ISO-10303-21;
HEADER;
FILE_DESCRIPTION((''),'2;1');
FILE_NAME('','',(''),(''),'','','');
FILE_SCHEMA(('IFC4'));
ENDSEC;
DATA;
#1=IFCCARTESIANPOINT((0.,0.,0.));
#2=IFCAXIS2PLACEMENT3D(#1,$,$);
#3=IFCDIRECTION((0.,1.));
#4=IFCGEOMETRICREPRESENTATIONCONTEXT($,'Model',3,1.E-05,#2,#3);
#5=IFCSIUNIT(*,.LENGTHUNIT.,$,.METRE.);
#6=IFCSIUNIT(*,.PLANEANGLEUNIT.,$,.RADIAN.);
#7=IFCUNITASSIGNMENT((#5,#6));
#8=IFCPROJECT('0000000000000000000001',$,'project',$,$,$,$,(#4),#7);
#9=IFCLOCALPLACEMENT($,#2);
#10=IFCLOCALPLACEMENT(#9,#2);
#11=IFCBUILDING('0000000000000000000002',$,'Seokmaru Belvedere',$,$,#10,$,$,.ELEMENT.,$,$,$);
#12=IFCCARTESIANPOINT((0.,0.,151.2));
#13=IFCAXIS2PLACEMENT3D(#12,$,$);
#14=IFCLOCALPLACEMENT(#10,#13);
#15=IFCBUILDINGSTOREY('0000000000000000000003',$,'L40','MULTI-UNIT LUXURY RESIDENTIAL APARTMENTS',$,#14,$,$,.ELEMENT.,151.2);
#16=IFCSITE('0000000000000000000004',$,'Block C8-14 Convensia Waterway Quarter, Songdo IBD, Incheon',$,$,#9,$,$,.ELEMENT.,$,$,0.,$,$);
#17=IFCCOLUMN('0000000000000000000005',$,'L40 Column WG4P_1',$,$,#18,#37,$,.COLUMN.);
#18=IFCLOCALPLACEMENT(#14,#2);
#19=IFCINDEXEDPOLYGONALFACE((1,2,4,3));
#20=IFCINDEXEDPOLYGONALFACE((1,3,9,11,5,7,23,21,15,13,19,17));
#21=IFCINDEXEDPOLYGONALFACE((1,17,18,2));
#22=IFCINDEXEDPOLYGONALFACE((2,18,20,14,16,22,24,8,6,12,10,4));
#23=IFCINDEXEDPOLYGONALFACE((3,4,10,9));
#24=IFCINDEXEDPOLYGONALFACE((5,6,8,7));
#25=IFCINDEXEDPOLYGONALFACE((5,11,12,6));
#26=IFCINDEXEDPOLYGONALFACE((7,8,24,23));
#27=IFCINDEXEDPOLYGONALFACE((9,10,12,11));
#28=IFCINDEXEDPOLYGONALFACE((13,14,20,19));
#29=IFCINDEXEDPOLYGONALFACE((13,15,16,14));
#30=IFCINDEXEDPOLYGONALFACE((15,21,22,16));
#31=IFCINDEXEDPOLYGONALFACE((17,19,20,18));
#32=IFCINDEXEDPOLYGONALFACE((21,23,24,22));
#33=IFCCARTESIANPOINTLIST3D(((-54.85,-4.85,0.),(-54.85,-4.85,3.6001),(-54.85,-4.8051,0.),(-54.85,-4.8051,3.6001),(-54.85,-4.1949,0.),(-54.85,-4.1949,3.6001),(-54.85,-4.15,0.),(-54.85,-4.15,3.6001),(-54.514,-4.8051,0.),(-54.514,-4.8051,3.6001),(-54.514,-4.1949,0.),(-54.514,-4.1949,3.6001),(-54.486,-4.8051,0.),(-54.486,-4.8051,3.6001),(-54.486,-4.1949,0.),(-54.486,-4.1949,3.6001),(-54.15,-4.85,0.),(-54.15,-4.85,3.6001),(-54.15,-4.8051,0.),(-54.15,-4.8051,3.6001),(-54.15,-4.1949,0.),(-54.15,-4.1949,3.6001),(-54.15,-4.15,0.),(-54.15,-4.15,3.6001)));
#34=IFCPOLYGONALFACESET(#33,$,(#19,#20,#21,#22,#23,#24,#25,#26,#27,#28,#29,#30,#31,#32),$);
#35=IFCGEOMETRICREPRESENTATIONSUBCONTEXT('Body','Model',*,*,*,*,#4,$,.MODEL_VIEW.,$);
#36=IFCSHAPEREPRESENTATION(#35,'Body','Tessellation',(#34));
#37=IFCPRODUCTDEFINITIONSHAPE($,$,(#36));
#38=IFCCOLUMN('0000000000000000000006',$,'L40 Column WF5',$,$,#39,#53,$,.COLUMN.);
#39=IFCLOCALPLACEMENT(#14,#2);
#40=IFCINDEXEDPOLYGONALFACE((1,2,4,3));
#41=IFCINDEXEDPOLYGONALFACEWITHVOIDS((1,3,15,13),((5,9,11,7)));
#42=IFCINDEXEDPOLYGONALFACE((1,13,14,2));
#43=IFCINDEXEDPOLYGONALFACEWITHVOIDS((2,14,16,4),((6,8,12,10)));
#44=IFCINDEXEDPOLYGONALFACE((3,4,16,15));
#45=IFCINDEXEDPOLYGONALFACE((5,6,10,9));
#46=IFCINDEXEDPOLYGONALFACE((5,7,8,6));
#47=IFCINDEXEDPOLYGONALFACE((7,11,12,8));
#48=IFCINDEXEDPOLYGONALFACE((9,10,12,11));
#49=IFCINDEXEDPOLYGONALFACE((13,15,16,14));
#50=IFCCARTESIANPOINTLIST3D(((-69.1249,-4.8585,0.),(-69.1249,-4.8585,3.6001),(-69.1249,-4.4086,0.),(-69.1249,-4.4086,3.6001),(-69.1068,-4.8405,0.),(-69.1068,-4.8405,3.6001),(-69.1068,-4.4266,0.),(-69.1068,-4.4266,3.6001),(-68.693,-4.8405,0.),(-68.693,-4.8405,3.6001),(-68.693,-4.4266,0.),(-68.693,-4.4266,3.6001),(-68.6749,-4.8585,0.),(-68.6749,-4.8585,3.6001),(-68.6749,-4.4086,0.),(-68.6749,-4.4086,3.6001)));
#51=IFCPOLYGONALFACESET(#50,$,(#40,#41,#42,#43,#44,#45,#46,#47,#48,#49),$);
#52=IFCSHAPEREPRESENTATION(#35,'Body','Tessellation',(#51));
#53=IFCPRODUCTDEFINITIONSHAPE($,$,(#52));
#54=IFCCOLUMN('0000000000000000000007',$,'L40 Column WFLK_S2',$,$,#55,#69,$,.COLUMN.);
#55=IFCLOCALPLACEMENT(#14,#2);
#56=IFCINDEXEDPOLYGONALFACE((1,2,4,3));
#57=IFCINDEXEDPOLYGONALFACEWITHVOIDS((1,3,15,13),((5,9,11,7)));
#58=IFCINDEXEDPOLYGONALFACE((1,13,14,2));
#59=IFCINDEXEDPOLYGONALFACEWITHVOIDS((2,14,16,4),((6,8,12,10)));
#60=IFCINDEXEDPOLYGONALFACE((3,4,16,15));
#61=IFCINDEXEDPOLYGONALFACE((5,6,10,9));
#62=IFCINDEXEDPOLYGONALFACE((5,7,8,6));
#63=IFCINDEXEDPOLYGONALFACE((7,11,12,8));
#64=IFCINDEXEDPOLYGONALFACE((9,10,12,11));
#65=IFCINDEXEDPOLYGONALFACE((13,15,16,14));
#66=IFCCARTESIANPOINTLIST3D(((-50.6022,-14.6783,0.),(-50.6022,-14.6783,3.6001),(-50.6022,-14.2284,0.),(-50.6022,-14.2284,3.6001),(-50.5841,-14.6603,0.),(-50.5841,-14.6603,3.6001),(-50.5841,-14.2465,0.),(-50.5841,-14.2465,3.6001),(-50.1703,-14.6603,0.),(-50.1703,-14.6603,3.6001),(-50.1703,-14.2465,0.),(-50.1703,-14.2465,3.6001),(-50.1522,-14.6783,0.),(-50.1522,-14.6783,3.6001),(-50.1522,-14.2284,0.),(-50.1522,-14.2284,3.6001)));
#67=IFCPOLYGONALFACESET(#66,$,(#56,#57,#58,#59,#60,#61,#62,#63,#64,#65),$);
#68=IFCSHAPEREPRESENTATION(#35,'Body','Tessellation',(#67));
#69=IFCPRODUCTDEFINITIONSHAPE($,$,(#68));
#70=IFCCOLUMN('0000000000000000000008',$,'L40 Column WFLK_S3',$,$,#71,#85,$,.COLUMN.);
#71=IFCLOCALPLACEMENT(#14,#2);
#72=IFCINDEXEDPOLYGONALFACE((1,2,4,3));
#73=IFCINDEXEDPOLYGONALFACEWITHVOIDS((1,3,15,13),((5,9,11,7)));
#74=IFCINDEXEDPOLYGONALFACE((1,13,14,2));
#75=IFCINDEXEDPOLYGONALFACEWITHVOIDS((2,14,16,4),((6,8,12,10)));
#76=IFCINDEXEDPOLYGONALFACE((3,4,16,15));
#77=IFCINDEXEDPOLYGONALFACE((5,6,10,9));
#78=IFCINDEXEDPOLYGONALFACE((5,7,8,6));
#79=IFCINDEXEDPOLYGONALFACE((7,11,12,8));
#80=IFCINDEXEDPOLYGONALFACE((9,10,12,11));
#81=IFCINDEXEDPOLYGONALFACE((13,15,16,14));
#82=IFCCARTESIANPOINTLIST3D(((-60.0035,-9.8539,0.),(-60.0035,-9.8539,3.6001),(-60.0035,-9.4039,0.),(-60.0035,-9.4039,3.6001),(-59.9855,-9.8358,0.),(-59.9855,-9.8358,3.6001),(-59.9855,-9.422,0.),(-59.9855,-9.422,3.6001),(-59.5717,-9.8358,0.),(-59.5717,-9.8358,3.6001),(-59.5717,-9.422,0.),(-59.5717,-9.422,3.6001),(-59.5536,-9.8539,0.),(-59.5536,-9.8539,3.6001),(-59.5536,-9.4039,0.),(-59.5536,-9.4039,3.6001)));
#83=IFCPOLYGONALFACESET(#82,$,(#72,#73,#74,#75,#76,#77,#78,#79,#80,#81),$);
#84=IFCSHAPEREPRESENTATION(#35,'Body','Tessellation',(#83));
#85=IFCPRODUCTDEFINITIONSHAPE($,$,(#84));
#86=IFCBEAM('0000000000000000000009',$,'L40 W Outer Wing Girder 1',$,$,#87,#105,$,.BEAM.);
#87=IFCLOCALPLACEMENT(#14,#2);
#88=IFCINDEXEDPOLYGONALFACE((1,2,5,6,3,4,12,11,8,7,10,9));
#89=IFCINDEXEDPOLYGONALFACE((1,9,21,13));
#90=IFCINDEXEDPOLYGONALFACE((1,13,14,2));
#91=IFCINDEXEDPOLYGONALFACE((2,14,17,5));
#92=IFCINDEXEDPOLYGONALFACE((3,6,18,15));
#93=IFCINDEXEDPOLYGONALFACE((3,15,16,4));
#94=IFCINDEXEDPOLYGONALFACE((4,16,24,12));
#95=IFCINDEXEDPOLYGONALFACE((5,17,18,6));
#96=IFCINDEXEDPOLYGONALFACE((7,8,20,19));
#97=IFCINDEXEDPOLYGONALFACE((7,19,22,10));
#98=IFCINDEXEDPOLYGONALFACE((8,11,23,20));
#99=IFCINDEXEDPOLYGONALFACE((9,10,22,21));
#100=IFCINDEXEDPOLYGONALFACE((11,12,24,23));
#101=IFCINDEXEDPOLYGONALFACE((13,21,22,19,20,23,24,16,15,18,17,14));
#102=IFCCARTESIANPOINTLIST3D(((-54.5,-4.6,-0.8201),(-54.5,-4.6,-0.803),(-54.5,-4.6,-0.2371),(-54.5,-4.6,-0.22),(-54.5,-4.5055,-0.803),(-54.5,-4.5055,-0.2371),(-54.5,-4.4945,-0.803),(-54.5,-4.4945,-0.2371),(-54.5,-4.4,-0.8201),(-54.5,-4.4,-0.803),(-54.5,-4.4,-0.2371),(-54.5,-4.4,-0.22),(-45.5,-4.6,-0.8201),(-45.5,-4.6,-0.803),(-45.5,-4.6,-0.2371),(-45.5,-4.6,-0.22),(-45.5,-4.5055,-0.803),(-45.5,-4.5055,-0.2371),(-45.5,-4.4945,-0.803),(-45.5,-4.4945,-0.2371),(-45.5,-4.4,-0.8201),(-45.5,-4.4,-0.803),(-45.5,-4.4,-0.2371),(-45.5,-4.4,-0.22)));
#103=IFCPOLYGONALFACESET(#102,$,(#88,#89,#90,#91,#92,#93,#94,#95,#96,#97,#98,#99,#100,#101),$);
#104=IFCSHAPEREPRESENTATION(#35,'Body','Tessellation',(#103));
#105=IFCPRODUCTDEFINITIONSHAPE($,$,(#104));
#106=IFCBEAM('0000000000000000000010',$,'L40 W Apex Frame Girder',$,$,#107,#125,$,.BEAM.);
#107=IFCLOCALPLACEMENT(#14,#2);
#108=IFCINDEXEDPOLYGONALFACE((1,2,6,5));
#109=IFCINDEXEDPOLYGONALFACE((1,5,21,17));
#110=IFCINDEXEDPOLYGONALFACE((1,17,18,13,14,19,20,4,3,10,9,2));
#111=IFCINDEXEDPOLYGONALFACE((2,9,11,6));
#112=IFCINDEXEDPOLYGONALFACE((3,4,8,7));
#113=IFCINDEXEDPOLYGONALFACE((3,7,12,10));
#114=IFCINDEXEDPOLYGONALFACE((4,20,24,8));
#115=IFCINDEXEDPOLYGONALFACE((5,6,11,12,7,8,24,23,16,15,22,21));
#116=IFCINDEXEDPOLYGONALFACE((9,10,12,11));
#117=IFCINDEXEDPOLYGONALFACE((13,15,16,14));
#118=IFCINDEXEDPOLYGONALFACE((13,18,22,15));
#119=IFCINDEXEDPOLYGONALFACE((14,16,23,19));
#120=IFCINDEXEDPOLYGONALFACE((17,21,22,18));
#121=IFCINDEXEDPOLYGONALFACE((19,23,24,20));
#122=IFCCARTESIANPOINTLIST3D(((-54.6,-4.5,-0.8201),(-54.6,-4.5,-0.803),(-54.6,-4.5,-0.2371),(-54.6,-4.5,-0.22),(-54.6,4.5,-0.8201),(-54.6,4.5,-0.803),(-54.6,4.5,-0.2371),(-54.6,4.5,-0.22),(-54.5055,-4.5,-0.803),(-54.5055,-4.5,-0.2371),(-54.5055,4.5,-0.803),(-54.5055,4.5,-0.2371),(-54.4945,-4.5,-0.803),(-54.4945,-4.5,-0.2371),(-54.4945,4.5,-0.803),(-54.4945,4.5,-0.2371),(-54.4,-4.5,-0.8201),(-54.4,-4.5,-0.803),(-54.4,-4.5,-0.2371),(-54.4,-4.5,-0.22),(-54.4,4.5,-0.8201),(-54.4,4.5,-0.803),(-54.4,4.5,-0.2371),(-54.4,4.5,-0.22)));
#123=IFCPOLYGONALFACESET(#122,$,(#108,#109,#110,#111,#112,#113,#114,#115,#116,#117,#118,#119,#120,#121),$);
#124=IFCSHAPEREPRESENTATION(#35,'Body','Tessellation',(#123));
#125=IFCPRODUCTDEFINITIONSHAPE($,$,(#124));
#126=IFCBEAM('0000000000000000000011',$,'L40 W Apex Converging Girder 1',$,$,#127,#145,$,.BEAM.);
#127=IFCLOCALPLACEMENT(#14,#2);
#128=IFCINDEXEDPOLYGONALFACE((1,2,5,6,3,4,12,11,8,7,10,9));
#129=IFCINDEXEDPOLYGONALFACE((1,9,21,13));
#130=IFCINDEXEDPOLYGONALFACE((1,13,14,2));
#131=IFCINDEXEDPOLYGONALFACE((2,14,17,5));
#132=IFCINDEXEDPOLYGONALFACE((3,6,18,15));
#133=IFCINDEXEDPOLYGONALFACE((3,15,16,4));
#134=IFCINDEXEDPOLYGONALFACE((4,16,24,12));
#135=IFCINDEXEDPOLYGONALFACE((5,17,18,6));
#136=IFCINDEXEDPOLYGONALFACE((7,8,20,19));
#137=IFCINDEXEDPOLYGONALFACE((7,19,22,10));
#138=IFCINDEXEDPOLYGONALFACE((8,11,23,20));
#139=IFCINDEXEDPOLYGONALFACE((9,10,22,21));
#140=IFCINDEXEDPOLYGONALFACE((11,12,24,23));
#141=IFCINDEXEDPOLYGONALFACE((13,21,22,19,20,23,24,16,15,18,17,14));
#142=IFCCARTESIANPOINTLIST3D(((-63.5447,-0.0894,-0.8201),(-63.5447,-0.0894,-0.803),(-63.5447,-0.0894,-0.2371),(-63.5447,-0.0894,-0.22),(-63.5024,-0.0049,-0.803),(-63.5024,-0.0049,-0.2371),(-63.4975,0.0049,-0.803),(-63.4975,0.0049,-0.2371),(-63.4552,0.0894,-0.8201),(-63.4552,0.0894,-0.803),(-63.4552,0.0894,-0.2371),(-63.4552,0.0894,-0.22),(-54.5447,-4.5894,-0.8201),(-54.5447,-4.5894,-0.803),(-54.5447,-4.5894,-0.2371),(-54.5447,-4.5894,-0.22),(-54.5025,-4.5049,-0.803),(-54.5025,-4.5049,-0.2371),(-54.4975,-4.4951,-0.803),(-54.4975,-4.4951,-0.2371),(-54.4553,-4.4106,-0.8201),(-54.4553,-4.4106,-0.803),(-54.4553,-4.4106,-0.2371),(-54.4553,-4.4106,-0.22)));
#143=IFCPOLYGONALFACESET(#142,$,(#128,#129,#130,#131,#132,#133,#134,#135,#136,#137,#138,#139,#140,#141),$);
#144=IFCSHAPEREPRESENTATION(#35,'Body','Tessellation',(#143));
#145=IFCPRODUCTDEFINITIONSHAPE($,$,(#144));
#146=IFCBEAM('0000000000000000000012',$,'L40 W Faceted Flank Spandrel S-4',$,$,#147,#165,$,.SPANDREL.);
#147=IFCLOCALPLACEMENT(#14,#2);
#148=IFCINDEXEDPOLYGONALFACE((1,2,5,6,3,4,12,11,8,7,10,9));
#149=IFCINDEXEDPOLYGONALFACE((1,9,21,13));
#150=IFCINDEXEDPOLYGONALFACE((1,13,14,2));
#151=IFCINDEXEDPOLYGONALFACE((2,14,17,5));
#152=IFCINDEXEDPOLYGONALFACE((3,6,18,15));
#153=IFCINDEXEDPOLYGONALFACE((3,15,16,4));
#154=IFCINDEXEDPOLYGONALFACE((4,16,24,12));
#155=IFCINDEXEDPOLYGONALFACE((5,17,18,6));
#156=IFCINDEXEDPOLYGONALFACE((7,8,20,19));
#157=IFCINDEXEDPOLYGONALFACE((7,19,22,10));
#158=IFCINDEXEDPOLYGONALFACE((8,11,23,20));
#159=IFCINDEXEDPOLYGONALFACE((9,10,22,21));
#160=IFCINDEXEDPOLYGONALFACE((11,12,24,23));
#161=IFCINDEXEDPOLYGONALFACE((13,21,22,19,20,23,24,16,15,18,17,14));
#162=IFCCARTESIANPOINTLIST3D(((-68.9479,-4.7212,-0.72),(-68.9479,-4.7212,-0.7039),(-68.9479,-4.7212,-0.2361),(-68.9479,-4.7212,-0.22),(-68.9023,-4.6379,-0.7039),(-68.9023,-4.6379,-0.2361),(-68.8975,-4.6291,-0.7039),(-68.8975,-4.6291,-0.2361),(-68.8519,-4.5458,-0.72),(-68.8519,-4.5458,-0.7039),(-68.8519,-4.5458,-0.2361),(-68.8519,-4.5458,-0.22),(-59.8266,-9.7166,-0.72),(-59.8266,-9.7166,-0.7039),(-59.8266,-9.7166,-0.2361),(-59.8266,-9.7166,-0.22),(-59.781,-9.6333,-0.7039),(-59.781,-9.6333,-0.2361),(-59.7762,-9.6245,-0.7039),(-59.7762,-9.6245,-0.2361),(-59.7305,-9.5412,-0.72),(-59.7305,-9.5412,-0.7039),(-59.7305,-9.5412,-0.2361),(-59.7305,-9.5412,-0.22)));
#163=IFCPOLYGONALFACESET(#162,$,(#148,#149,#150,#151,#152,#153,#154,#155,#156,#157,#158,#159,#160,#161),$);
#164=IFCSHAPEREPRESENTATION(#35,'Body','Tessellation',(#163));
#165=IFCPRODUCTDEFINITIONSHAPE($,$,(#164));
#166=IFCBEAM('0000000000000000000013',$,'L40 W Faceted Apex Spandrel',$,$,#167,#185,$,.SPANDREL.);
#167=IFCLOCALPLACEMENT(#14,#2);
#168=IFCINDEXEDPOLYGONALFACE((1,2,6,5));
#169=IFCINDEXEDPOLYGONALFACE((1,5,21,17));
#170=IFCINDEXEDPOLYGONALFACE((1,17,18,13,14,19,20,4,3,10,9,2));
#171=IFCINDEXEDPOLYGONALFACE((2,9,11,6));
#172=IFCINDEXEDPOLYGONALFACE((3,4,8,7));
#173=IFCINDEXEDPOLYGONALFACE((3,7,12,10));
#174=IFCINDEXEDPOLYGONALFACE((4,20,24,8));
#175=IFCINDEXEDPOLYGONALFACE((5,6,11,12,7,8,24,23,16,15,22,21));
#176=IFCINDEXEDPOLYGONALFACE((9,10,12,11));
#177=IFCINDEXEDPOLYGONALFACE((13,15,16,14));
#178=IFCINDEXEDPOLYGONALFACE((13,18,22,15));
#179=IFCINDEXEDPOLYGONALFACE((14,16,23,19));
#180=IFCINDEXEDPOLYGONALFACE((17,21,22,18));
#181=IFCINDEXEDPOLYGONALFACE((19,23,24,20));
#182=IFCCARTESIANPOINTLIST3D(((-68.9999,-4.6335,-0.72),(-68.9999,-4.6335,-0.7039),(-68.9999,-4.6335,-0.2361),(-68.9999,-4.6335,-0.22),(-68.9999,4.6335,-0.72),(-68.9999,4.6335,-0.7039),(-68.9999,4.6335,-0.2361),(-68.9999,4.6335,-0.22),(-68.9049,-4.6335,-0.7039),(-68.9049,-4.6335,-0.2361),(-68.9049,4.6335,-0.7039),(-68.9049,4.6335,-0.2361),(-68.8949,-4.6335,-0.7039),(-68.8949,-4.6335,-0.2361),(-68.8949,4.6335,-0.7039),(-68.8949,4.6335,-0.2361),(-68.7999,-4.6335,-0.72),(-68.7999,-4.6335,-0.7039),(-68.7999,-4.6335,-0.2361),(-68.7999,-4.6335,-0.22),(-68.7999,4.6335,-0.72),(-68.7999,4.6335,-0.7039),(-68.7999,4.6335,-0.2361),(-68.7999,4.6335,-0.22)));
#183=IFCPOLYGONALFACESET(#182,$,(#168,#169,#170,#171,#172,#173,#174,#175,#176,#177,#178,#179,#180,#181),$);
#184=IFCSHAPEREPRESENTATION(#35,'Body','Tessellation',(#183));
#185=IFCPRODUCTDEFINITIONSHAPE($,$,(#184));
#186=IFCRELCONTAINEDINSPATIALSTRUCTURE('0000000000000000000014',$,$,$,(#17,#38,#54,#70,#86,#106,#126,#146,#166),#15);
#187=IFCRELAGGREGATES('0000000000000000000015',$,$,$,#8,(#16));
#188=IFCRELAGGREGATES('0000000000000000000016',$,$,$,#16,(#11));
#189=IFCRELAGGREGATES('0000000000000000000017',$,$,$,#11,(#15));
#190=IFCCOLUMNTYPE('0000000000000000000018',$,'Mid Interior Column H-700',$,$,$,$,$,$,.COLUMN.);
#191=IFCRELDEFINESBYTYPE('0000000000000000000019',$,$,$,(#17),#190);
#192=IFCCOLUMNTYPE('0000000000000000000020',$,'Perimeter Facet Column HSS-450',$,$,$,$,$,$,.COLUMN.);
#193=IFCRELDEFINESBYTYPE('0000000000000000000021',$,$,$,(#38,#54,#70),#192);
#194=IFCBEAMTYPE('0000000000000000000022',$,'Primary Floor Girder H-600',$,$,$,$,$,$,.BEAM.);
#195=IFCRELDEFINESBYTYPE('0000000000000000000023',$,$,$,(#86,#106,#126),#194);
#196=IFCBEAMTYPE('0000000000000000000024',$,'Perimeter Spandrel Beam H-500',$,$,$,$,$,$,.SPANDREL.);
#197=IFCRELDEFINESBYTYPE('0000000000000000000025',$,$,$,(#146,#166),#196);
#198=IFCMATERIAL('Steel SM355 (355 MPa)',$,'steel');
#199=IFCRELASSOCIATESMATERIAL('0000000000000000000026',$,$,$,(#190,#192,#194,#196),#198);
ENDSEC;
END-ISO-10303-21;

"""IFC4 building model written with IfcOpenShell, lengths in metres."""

from ifc_helpers import new_model, si_unit, direction, frame, origin, origin_2d, place, context, subcontext, project, spatial, hollow_rectangle, i_section, extrude, source, transform, mapped, material, material_profile, profile_set, type_object, type_shapes, element, save


model = new_model("IFC4")

# Units and contexts
model_context = context("Model", 3, precision=1e-05, world=origin(), true_north=direction((0.0, 1.0)))
body_context = subcontext(model_context, "Body", "Model", "MODEL_VIEW")
ifc_project = project(units=[si_unit("LENGTHUNIT", "METRE"), si_unit("PLANEANGLEUNIT", "RADIAN")], contexts=[model_context])

# Site, building, storey
site_placement = place(None, origin())
site = spatial("IfcSite", under=ifc_project, at=site_placement, Name="Block C8-14 Convensia Waterway Quarter, Songdo IBD, Incheon", CompositionType="ELEMENT", RefElevation=0.0)
building_placement = place(site_placement, origin())
building = spatial("IfcBuilding", under=site, at=building_placement, Name="Seokmaru Belvedere", CompositionType="ELEMENT")
storey_placement = place(building_placement, frame((0.0, 0.0, 151.2)))
storey = spatial("IfcBuildingStorey", under=building, at=storey_placement, Name="L40", Description="MULTI-UNIT LUXURY RESIDENTIAL APARTMENTS", CompositionType="ELEMENT", Elevation=151.2)

# Columns
ifc_material_1 = material(Name="Steel SM355 (355 MPa)", Category="steel")
ifc_material_profile_1 = material_profile(ifc_material_1, i_section(OverallWidth=0.7, OverallDepth=0.7, WebThickness=0.0281, FlangeThickness=0.0449, at=origin_2d()), Name="H-700x700x28x45")
ifc_profile_set_1 = profile_set([ifc_material_profile_1], Name="Steel SM355 (355 MPa)")
column_type_1 = type_object("IfcColumnType", Name="Mid Interior Column H-700", PredefinedType="COLUMN", material=ifc_profile_set_1)
shared_shape_1 = source(origin(), body_context, "Body", "SweptSolid", [
    extrude(i_section(OverallWidth=0.7, OverallDepth=0.7, WebThickness=0.0281, FlangeThickness=0.0449, at=origin_2d()), origin(), (0.0, 0.0, 1.0), 3.6001),
])
type_shapes(column_type_1, [shared_shape_1])
column_placement = place(storey_placement, frame((-54.5, -4.5, 0.0), z_axis=(0.0, 0.0, 1.0), x_axis=(1.0, 0.0, 0.0)))
element("IfcColumn", 1, at=column_placement, inside=storey, type_object=column_type_1, Name="L40 Column WG4P_1", PredefinedType="COLUMN", context=body_context, shape_type="MappedRepresentation", body=[
    mapped(shared_shape_1, transform((0.0, 0.0, 0.0), scale=1.0)),
])
ifc_material_profile_2 = material_profile(ifc_material_1, hollow_rectangle(XDim=0.45, YDim=0.45, WallThickness=0.0181, at=origin_2d()), Name="HSS-450x450x18")
ifc_profile_set_2 = profile_set([ifc_material_profile_2], Name="Steel SM355 (355 MPa)")
column_type_2 = type_object("IfcColumnType", Name="Perimeter Facet Column HSS-450", PredefinedType="COLUMN", material=ifc_profile_set_2)
shared_shape_2 = source(origin(), body_context, "Body", "SweptSolid", [
    extrude(hollow_rectangle(XDim=0.45, YDim=0.45, WallThickness=0.0181, at=origin_2d()), origin(), (0.0, 0.0, 1.0), 3.6001),
])
type_shapes(column_type_2, [shared_shape_2])
for number, where, z_axis, x_axis, name in (
    (2, (-68.8999, -4.6335, 0.0), (0.0, 0.0, 1.0), (1.0, 0.0, 0.0), "L40 Column WF5"),
    (3, (-50.3772, -14.4534, 0.0), (0.0, 0.0, 1.0), (1.0, 0.0, 0.0), "L40 Column WFLK_S2"),
    (4, (-59.7786, -9.6289, 0.0), (0.0, 0.0, 1.0), (1.0, 0.0, 0.0), "L40 Column WFLK_S3"),
):
    element("IfcColumn", number, at=place(storey_placement, frame(where, z_axis=z_axis, x_axis=x_axis)), inside=storey, type_object=column_type_2, Name=name, PredefinedType="COLUMN", context=body_context, shape_type="MappedRepresentation", body=[
        mapped(shared_shape_2, transform((0.0, 0.0, 0.0), scale=1.0)),
    ])

# Beams
ifc_material_profile_3 = material_profile(ifc_material_1, i_section(OverallWidth=0.2, OverallDepth=0.6001, WebThickness=0.011, FlangeThickness=0.0171, at=origin_2d()), Name="H-600x200x11x17")
ifc_profile_set_3 = profile_set([ifc_material_profile_3], Name="Steel SM355 (355 MPa)")
beam_type_1 = type_object("IfcBeamType", Name="Primary Floor Girder H-600", PredefinedType="BEAM", material=ifc_profile_set_3)
shared_shape_3 = source(origin(), body_context, "Body", "SweptSolid", [
    extrude(i_section(OverallWidth=0.2, OverallDepth=0.6001, WebThickness=0.011, FlangeThickness=0.0171, at=origin_2d()), origin(), (0.0, 0.0, 1.0), 9.0),
])
for number, where, z_axis, x_axis, name in (
    (5, (-54.5, -4.5, -0.52), (1.0, 0.0, 0.0), (0.0, 1.0, 0.0), "L40 W Outer Wing Girder 1"),
    (6, (-54.5, -4.5, -0.52), (0.0, 1.0, 0.0), (-1.0, 0.0, 0.0), "L40 W Apex Frame Girder"),
):
    element("IfcBeam", number, at=place(storey_placement, frame(where, z_axis=z_axis, x_axis=x_axis)), inside=storey, type_object=beam_type_1, Name=name, PredefinedType="BEAM", context=body_context, shape_type="MappedRepresentation", body=[
        mapped(shared_shape_3, transform((0.0, 0.0, 0.0), scale=1.0)),
    ])
shared_shape_4 = source(origin(), body_context, "Body", "SweptSolid", [
    extrude(i_section(OverallWidth=0.2, OverallDepth=0.6001, WebThickness=0.011, FlangeThickness=0.0171, at=origin_2d()), origin(), (0.0, 0.0, 1.0), 10.0623),
])
beam_1_placement = place(storey_placement, frame((-54.5, -4.5, -0.52), z_axis=(-0.894427, 0.447214, 0.0), x_axis=(-0.447214, -0.894427, 0.0)))
element("IfcBeam", 7, at=beam_1_placement, inside=storey, type_object=beam_type_1, Name="L40 W Apex Converging Girder 1", PredefinedType="BEAM", context=body_context, shape_type="MappedRepresentation", body=[
    mapped(shared_shape_4, transform((0.0, 0.0, 0.0), scale=1.0)),
])
ifc_material_profile_4 = material_profile(ifc_material_1, i_section(OverallWidth=0.2, OverallDepth=0.5, WebThickness=0.01, FlangeThickness=0.0161, at=origin_2d()), Name="H-500x200x10x16")
ifc_profile_set_4 = profile_set([ifc_material_profile_4], Name="Steel SM355 (355 MPa)")
beam_type_2 = type_object("IfcBeamType", Name="Perimeter Spandrel Beam H-500", PredefinedType="SPANDREL", material=ifc_profile_set_4)
shared_shape_5 = source(origin(), body_context, "Body", "SweptSolid", [
    extrude(i_section(OverallWidth=0.2, OverallDepth=0.5, WebThickness=0.01, FlangeThickness=0.0161, at=origin_2d()), origin(), (0.0, 0.0, 1.0), 10.3997),
])
beam_2_placement = place(storey_placement, frame((-59.7786, -9.6289, -0.47), z_axis=(-0.877082, 0.48034, 0.0), x_axis=(-0.48034, -0.877082, 0.0)))
element("IfcBeam", 8, at=beam_2_placement, inside=storey, type_object=beam_type_2, Name="L40 W Faceted Flank Spandrel S-4", PredefinedType="SPANDREL", context=body_context, shape_type="MappedRepresentation", body=[
    mapped(shared_shape_5, transform((0.0, 0.0, 0.0), scale=1.0)),
])
shared_shape_6 = source(origin(), body_context, "Body", "SweptSolid", [
    extrude(i_section(OverallWidth=0.2, OverallDepth=0.5, WebThickness=0.01, FlangeThickness=0.0161, at=origin_2d()), origin(), (0.0, 0.0, 1.0), 9.2671),
])
type_shapes(beam_type_2, [shared_shape_5, shared_shape_6])
beam_3_placement = place(storey_placement, frame((-68.8999, -4.6335, -0.47), z_axis=(0.0, 1.0, 0.0), x_axis=(-1.0, 0.0, 0.0)))
element("IfcBeam", 9, at=beam_3_placement, inside=storey, type_object=beam_type_2, Name="L40 W Faceted Apex Spandrel", PredefinedType="SPANDREL", context=body_context, shape_type="MappedRepresentation", body=[
    mapped(shared_shape_6, transform((0.0, 0.0, 0.0), scale=1.0)),
])

save(model, "model.ifc")
